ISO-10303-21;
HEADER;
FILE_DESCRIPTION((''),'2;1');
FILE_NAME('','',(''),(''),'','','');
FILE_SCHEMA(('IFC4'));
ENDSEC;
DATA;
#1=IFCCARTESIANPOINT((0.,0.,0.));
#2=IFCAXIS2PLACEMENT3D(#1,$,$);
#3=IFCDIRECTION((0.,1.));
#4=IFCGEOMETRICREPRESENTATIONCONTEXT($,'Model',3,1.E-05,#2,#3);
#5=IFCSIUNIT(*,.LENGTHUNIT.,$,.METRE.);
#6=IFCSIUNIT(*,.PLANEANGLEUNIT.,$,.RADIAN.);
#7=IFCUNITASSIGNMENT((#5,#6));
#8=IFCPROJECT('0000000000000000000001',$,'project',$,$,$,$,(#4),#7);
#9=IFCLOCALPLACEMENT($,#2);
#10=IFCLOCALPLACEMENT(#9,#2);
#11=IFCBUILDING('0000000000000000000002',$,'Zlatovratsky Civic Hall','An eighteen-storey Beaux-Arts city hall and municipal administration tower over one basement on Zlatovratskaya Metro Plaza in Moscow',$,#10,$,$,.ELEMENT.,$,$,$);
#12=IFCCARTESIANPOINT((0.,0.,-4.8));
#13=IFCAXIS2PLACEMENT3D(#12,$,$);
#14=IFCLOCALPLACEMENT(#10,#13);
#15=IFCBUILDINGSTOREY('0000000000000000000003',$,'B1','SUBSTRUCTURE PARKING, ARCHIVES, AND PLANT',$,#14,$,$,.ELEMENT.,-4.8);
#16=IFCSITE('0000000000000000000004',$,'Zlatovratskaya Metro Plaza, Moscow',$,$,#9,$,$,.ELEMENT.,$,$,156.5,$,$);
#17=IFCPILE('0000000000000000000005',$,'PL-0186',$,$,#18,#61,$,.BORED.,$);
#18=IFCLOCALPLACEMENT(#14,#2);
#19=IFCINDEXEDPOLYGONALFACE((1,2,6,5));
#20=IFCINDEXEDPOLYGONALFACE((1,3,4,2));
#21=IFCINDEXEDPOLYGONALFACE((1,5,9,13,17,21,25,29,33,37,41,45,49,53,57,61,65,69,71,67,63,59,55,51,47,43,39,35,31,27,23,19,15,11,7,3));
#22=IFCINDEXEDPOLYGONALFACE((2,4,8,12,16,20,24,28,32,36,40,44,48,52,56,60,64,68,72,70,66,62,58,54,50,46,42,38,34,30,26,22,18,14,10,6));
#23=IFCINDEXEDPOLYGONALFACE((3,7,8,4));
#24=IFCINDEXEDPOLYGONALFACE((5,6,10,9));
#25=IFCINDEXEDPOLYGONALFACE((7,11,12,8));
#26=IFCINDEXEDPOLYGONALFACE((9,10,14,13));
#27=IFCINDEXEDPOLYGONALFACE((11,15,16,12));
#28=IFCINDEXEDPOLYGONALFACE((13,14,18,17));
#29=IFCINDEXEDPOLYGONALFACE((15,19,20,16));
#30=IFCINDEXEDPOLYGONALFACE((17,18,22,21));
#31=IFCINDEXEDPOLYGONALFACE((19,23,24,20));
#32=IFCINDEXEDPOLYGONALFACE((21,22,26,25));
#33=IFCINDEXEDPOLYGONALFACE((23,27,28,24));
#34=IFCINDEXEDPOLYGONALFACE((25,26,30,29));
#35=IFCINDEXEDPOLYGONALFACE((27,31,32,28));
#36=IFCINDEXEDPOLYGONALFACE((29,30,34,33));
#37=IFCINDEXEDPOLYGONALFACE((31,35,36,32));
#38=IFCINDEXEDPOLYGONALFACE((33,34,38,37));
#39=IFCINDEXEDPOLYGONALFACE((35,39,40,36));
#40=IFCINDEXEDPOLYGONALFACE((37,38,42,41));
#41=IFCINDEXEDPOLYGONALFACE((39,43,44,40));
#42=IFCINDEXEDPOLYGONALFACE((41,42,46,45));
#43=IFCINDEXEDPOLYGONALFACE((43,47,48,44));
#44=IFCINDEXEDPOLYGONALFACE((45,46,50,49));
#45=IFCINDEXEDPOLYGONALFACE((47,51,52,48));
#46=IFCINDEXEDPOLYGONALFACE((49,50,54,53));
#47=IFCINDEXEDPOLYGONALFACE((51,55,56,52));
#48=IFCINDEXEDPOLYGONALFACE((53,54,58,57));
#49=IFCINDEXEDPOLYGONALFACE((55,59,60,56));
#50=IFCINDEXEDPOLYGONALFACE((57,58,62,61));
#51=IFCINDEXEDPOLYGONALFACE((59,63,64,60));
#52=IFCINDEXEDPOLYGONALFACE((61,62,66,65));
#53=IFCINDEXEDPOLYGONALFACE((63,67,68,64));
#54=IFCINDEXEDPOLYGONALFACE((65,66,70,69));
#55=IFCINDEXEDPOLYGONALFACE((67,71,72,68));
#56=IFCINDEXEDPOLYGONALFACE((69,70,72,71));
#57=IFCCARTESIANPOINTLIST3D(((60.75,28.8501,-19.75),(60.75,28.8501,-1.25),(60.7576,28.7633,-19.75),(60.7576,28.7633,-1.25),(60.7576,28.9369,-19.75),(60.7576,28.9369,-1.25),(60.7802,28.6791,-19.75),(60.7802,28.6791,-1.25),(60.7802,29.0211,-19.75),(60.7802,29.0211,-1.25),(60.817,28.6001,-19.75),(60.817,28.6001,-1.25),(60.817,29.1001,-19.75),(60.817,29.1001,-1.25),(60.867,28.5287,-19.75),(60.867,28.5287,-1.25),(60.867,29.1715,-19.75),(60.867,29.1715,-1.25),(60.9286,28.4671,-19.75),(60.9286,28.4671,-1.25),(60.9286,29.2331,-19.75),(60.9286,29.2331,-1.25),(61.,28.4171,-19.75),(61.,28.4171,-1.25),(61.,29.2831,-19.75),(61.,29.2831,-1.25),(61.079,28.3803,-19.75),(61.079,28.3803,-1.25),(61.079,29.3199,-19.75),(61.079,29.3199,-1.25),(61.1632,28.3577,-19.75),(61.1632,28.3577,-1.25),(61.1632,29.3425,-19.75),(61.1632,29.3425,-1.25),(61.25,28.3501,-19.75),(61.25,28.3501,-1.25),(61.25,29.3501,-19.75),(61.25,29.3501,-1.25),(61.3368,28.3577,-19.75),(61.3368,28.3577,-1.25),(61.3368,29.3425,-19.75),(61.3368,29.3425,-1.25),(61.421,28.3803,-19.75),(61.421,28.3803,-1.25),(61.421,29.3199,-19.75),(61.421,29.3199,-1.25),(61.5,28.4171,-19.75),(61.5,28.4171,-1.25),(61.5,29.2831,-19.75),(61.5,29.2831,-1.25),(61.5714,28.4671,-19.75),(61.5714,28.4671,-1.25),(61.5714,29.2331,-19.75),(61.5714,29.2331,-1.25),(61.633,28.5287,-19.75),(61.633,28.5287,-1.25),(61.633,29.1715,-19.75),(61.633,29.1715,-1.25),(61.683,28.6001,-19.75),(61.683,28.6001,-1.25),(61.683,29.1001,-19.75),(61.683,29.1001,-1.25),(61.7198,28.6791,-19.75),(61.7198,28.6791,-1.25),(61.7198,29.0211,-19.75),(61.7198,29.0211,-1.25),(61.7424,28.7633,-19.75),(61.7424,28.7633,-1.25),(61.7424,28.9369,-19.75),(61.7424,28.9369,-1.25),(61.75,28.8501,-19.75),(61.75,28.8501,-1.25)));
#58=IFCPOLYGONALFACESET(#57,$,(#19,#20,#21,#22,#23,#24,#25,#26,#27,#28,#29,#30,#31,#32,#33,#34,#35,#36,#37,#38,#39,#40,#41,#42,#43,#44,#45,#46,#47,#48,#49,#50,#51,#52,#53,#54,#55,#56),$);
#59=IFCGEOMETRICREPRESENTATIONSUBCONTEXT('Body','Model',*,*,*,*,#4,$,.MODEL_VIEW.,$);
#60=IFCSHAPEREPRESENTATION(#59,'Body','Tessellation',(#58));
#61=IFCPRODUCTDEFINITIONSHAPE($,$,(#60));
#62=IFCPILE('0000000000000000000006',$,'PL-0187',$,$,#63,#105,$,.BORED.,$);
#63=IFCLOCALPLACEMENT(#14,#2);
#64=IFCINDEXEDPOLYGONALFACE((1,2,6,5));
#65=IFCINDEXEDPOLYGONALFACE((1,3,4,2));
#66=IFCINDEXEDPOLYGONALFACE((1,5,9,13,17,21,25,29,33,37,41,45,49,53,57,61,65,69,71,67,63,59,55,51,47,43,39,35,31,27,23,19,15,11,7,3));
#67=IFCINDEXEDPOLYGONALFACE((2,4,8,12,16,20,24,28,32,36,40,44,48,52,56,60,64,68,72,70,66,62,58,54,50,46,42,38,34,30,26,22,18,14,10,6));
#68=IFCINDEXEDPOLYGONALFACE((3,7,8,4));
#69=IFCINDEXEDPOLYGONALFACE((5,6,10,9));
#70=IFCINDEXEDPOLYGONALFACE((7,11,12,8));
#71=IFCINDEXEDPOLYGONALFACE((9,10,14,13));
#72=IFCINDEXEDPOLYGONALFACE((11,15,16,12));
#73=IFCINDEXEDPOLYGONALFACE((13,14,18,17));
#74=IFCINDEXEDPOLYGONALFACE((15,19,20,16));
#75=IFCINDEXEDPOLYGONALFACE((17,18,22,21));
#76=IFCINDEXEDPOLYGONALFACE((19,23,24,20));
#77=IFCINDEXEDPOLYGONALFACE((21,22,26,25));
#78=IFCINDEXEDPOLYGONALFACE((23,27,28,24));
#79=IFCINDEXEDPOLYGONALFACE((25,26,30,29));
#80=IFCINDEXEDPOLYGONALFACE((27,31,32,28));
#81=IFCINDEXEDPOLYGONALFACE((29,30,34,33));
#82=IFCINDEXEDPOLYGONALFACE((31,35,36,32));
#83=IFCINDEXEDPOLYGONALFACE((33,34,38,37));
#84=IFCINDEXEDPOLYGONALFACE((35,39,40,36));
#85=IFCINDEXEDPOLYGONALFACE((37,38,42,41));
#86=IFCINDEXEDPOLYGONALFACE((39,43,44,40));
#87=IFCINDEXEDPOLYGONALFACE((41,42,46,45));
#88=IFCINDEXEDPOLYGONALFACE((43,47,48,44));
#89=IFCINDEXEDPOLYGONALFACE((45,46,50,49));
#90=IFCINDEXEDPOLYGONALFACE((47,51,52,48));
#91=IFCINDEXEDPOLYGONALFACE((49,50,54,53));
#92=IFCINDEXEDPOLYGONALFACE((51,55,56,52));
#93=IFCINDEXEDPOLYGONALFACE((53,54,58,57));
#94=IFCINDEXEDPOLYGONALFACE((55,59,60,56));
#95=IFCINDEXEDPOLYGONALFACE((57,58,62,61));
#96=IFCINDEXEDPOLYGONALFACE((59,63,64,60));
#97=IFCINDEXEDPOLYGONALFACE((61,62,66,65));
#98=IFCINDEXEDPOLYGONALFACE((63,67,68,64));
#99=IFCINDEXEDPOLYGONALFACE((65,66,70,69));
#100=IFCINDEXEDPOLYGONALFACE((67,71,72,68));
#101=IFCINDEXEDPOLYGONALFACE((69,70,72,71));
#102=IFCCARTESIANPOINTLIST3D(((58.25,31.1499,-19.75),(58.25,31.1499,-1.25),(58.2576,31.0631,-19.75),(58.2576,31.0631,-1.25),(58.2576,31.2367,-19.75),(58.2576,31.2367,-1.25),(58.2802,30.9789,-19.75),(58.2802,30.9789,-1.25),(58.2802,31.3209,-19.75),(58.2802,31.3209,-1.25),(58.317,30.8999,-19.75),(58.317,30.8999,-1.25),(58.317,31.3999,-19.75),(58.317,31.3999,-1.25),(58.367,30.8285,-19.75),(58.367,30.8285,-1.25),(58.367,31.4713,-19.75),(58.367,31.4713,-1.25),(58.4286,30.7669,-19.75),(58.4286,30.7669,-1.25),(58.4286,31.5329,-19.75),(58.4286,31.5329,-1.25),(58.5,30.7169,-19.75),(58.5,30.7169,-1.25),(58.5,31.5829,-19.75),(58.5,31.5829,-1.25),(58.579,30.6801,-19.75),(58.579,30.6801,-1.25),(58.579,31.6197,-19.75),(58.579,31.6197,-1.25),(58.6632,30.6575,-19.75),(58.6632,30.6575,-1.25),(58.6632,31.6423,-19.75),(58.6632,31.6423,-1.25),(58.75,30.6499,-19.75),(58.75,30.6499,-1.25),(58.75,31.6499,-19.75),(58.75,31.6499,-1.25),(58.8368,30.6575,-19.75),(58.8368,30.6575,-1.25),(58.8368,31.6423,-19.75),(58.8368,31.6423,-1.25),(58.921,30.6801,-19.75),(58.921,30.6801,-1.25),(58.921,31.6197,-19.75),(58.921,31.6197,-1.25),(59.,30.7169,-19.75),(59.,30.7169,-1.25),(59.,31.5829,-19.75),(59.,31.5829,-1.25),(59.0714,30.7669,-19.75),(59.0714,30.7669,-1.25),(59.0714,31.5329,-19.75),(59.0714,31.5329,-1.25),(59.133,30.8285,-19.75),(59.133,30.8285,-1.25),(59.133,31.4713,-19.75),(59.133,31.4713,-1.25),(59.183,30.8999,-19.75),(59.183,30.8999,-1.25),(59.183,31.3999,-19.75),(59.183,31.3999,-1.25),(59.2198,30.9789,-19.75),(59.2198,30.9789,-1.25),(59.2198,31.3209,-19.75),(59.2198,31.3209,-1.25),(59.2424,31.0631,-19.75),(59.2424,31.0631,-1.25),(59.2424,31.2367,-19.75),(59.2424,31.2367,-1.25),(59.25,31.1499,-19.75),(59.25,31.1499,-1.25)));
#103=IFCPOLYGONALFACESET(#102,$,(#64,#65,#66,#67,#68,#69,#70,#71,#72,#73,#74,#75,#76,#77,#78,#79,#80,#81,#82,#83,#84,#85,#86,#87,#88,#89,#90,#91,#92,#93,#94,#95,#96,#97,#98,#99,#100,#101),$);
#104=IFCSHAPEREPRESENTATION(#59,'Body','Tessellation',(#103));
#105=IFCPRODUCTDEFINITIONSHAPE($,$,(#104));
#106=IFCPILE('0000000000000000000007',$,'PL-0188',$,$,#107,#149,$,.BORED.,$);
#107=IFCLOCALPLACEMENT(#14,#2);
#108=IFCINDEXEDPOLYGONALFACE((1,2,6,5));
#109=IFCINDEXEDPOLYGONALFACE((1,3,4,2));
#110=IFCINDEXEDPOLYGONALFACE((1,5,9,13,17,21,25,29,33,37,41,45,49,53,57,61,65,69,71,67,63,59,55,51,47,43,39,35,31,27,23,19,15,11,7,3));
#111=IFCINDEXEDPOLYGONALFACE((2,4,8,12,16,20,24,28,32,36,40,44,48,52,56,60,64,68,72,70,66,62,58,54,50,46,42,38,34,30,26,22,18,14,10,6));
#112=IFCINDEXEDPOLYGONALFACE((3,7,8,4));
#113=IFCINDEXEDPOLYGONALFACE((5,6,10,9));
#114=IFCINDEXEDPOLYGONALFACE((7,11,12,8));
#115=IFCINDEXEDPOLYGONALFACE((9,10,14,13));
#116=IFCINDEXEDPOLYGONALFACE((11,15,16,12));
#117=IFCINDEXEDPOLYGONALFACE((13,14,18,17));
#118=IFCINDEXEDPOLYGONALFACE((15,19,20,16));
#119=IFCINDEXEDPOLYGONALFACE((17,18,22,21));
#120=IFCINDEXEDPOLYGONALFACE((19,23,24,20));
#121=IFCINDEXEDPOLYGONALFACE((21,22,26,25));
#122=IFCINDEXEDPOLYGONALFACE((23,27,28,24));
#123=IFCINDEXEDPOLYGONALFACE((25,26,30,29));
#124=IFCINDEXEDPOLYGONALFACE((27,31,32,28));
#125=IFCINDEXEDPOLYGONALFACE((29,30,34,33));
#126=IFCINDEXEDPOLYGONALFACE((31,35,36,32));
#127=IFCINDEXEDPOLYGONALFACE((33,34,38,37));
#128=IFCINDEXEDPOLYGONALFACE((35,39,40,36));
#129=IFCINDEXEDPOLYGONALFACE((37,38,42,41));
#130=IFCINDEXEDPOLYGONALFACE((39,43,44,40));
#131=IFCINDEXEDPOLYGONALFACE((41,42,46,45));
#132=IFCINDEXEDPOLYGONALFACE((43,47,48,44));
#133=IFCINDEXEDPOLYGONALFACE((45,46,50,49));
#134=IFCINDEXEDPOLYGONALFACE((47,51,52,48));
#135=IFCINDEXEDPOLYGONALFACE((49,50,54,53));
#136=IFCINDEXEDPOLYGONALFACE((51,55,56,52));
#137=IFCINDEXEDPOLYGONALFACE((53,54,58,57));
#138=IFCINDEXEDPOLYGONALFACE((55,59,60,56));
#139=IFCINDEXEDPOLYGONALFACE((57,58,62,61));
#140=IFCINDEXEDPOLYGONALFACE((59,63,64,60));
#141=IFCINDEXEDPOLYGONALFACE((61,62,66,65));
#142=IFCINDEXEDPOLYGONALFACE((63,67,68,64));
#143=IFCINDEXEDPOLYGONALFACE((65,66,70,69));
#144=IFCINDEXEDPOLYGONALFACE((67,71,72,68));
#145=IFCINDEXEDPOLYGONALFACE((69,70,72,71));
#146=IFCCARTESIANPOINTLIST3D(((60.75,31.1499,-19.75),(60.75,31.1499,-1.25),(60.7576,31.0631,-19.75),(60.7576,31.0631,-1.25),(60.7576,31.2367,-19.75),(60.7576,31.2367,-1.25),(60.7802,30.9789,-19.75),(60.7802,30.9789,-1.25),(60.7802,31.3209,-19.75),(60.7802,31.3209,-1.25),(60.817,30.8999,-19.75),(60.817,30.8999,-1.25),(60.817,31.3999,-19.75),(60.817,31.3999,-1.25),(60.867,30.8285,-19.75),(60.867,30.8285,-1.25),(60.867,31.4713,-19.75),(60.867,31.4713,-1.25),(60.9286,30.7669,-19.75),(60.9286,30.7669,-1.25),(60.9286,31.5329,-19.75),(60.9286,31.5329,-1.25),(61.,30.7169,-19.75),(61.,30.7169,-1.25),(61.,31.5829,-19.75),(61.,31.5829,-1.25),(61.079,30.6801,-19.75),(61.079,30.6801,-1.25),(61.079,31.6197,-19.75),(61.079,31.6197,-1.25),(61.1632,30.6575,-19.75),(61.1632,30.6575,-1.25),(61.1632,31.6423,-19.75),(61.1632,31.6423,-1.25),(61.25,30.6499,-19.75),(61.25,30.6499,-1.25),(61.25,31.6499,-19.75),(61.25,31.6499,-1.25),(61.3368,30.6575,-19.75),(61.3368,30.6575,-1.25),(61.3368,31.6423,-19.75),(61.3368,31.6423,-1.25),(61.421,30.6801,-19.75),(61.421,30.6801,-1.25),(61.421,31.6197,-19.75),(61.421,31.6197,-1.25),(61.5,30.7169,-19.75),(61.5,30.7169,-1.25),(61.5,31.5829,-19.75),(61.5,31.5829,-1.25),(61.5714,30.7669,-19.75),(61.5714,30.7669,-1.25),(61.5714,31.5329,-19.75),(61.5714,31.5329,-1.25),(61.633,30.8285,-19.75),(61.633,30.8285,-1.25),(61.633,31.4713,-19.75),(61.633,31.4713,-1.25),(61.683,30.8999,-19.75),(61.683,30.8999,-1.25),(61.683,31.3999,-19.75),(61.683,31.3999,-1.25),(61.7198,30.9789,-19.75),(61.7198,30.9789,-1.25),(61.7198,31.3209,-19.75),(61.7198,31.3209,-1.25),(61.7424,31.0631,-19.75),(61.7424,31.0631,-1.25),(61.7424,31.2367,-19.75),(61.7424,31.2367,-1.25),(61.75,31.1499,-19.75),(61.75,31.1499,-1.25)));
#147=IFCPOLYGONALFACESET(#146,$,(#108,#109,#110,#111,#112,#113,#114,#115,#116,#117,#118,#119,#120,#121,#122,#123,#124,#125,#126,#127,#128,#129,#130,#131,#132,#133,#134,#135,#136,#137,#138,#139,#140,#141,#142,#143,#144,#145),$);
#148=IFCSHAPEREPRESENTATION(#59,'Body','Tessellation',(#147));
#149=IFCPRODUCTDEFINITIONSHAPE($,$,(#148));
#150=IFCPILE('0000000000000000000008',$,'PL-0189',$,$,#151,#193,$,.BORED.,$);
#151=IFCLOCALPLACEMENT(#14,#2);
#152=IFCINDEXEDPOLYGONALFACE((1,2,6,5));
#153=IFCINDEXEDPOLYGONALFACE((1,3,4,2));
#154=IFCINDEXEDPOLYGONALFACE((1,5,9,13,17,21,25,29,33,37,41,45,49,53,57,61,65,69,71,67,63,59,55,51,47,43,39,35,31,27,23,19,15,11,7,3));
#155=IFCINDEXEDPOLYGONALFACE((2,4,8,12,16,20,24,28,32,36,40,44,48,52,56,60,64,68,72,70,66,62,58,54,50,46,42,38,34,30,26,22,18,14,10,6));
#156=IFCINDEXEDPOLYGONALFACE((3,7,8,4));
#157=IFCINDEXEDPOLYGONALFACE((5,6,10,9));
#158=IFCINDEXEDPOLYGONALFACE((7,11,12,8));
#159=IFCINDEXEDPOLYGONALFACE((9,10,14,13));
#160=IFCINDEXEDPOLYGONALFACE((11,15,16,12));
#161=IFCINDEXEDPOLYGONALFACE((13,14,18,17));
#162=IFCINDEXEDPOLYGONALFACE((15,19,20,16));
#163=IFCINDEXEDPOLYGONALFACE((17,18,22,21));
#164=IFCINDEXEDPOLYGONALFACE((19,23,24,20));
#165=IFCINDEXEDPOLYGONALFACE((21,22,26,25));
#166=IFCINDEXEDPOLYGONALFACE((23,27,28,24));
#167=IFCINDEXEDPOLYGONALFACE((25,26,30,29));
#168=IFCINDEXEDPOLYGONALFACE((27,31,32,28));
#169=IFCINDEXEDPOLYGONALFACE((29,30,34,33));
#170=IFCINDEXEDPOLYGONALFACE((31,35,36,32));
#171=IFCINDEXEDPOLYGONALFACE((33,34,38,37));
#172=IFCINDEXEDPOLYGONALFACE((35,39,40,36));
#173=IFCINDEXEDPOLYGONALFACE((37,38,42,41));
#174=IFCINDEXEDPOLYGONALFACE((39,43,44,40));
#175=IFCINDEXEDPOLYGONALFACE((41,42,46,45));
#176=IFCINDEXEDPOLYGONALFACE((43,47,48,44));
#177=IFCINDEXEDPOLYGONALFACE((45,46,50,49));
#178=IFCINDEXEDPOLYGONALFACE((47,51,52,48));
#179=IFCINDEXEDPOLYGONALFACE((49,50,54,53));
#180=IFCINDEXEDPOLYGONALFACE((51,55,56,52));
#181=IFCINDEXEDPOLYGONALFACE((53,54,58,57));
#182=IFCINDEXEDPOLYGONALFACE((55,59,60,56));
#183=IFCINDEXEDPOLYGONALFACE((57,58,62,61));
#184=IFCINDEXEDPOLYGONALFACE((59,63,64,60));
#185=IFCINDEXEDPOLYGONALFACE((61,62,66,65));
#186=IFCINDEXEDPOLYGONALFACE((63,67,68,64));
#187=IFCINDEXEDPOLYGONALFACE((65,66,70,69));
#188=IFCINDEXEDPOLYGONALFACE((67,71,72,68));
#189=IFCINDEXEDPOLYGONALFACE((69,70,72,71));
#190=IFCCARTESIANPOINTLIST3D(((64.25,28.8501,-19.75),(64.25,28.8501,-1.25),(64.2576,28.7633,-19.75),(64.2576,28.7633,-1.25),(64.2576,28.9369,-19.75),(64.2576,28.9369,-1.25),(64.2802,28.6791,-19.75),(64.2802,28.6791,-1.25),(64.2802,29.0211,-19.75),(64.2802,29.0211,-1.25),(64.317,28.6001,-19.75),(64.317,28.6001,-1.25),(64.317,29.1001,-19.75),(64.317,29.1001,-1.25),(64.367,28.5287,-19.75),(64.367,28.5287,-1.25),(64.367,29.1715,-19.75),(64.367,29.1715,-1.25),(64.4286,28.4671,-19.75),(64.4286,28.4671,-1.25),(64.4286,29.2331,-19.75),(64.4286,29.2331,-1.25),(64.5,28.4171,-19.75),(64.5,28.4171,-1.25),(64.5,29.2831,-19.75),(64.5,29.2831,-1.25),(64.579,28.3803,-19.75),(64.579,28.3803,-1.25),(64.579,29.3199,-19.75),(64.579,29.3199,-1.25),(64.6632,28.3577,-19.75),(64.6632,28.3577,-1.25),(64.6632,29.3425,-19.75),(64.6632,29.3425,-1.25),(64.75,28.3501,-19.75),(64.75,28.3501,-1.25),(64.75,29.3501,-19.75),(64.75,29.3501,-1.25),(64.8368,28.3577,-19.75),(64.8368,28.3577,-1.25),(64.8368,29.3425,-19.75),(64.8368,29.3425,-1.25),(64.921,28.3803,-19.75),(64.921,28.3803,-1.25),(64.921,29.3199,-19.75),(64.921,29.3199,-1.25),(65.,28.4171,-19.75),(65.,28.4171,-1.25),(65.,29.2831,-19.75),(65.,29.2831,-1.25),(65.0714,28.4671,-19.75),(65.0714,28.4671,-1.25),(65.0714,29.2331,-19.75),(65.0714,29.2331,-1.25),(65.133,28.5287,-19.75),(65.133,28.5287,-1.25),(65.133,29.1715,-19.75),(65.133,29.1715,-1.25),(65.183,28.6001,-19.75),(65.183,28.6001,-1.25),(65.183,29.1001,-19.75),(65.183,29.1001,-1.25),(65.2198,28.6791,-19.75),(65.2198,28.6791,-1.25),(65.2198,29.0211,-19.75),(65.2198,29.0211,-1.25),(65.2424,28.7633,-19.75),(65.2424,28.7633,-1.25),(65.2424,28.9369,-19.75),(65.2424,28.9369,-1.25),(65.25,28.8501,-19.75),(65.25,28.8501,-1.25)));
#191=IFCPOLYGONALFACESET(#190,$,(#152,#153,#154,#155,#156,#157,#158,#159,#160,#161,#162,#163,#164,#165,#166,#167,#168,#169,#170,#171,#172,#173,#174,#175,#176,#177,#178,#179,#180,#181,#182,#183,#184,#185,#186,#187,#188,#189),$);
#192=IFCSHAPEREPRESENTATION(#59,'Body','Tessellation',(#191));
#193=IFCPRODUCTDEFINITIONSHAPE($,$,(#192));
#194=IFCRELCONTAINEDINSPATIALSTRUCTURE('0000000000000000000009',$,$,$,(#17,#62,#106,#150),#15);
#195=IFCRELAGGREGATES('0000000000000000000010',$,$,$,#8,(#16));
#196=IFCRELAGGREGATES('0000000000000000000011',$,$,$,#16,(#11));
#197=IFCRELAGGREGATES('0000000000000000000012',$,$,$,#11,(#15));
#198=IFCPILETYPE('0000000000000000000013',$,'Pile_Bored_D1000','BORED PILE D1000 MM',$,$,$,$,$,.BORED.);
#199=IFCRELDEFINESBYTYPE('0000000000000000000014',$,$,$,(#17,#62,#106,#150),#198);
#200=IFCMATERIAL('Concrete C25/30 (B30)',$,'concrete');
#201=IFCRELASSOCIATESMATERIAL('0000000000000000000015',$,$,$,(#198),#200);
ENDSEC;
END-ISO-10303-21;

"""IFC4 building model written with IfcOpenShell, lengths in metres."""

from ifc_helpers import new_model, si_unit, direction, frame, origin, origin_2d, place, context, subcontext, project, spatial, circle, extrude, material, material_profile, profile_set, type_object, element, save


model = new_model("IFC4")

# Units and contexts
model_context = context("Model", 3, precision=1e-05, world=origin(), true_north=direction((0.0, 1.0)))
body_context = subcontext(model_context, "Body", "Model", "MODEL_VIEW")
ifc_project = project(units=[si_unit("LENGTHUNIT", "METRE"), si_unit("PLANEANGLEUNIT", "RADIAN")], contexts=[model_context])

# Site, building, storey
site_placement = place(None, origin())
site = spatial("IfcSite", under=ifc_project, at=site_placement, Name="Zlatovratskaya Metro Plaza, Moscow", CompositionType="ELEMENT", RefElevation=156.5)
building_placement = place(site_placement, origin())
building = spatial("IfcBuilding", under=site, at=building_placement, Name="Zlatovratsky Civic Hall", Description="An eighteen-storey Beaux-Arts city hall and municipal administration tower over one basement on Zlatovratskaya Metro Plaza in Moscow", CompositionType="ELEMENT")
storey_placement = place(building_placement, frame((0.0, 0.0, -4.8)))
storey = spatial("IfcBuildingStorey", under=building, at=storey_placement, Name="B1", Description="SUBSTRUCTURE PARKING, ARCHIVES, AND PLANT", CompositionType="ELEMENT", Elevation=-4.8)

# Shared definitions
ifc_material_1 = material(Name="Concrete C25/30 (B30)", Category="concrete")

# Piles
ifc_material_profile_1 = material_profile(ifc_material_1, circle(Radius=0.5, at=origin_2d()), Name="PILE D1000")
ifc_profile_set_1 = profile_set([ifc_material_profile_1], Name="Concrete C25/30 (B30)")
pile_type = type_object("IfcPileType", Name="Pile_Bored_D1000", Description="BORED PILE D1000 MM", PredefinedType="BORED", material=ifc_profile_set_1)
for number, where, z_axis, x_axis, name in (
    (1, (61.25, 28.8501, -1.25), (0.0, 0.0, -1.0), (1.0, 0.0, 0.0), "PL-0186"),
    (2, (58.75, 31.1499, -1.25), (0.0, 0.0, -1.0), (1.0, 0.0, 0.0), "PL-0187"),
    (3, (61.25, 31.1499, -1.25), (0.0, 0.0, -1.0), (1.0, 0.0, 0.0), "PL-0188"),
    (4, (64.75, 28.8501, -1.25), (0.0, 0.0, -1.0), (1.0, 0.0, 0.0), "PL-0189"),
):
    element("IfcPile", number, at=place(storey_placement, frame(where, z_axis=z_axis, x_axis=x_axis)), inside=storey, type_object=pile_type, Name=name, PredefinedType="BORED", context=body_context, shape_type="SweptSolid", body=[
        extrude(circle(Radius=0.5, at=origin_2d()), origin(), (0.0, 0.0, 1.0), 18.5),
    ])

save(model, "model.ifc")
